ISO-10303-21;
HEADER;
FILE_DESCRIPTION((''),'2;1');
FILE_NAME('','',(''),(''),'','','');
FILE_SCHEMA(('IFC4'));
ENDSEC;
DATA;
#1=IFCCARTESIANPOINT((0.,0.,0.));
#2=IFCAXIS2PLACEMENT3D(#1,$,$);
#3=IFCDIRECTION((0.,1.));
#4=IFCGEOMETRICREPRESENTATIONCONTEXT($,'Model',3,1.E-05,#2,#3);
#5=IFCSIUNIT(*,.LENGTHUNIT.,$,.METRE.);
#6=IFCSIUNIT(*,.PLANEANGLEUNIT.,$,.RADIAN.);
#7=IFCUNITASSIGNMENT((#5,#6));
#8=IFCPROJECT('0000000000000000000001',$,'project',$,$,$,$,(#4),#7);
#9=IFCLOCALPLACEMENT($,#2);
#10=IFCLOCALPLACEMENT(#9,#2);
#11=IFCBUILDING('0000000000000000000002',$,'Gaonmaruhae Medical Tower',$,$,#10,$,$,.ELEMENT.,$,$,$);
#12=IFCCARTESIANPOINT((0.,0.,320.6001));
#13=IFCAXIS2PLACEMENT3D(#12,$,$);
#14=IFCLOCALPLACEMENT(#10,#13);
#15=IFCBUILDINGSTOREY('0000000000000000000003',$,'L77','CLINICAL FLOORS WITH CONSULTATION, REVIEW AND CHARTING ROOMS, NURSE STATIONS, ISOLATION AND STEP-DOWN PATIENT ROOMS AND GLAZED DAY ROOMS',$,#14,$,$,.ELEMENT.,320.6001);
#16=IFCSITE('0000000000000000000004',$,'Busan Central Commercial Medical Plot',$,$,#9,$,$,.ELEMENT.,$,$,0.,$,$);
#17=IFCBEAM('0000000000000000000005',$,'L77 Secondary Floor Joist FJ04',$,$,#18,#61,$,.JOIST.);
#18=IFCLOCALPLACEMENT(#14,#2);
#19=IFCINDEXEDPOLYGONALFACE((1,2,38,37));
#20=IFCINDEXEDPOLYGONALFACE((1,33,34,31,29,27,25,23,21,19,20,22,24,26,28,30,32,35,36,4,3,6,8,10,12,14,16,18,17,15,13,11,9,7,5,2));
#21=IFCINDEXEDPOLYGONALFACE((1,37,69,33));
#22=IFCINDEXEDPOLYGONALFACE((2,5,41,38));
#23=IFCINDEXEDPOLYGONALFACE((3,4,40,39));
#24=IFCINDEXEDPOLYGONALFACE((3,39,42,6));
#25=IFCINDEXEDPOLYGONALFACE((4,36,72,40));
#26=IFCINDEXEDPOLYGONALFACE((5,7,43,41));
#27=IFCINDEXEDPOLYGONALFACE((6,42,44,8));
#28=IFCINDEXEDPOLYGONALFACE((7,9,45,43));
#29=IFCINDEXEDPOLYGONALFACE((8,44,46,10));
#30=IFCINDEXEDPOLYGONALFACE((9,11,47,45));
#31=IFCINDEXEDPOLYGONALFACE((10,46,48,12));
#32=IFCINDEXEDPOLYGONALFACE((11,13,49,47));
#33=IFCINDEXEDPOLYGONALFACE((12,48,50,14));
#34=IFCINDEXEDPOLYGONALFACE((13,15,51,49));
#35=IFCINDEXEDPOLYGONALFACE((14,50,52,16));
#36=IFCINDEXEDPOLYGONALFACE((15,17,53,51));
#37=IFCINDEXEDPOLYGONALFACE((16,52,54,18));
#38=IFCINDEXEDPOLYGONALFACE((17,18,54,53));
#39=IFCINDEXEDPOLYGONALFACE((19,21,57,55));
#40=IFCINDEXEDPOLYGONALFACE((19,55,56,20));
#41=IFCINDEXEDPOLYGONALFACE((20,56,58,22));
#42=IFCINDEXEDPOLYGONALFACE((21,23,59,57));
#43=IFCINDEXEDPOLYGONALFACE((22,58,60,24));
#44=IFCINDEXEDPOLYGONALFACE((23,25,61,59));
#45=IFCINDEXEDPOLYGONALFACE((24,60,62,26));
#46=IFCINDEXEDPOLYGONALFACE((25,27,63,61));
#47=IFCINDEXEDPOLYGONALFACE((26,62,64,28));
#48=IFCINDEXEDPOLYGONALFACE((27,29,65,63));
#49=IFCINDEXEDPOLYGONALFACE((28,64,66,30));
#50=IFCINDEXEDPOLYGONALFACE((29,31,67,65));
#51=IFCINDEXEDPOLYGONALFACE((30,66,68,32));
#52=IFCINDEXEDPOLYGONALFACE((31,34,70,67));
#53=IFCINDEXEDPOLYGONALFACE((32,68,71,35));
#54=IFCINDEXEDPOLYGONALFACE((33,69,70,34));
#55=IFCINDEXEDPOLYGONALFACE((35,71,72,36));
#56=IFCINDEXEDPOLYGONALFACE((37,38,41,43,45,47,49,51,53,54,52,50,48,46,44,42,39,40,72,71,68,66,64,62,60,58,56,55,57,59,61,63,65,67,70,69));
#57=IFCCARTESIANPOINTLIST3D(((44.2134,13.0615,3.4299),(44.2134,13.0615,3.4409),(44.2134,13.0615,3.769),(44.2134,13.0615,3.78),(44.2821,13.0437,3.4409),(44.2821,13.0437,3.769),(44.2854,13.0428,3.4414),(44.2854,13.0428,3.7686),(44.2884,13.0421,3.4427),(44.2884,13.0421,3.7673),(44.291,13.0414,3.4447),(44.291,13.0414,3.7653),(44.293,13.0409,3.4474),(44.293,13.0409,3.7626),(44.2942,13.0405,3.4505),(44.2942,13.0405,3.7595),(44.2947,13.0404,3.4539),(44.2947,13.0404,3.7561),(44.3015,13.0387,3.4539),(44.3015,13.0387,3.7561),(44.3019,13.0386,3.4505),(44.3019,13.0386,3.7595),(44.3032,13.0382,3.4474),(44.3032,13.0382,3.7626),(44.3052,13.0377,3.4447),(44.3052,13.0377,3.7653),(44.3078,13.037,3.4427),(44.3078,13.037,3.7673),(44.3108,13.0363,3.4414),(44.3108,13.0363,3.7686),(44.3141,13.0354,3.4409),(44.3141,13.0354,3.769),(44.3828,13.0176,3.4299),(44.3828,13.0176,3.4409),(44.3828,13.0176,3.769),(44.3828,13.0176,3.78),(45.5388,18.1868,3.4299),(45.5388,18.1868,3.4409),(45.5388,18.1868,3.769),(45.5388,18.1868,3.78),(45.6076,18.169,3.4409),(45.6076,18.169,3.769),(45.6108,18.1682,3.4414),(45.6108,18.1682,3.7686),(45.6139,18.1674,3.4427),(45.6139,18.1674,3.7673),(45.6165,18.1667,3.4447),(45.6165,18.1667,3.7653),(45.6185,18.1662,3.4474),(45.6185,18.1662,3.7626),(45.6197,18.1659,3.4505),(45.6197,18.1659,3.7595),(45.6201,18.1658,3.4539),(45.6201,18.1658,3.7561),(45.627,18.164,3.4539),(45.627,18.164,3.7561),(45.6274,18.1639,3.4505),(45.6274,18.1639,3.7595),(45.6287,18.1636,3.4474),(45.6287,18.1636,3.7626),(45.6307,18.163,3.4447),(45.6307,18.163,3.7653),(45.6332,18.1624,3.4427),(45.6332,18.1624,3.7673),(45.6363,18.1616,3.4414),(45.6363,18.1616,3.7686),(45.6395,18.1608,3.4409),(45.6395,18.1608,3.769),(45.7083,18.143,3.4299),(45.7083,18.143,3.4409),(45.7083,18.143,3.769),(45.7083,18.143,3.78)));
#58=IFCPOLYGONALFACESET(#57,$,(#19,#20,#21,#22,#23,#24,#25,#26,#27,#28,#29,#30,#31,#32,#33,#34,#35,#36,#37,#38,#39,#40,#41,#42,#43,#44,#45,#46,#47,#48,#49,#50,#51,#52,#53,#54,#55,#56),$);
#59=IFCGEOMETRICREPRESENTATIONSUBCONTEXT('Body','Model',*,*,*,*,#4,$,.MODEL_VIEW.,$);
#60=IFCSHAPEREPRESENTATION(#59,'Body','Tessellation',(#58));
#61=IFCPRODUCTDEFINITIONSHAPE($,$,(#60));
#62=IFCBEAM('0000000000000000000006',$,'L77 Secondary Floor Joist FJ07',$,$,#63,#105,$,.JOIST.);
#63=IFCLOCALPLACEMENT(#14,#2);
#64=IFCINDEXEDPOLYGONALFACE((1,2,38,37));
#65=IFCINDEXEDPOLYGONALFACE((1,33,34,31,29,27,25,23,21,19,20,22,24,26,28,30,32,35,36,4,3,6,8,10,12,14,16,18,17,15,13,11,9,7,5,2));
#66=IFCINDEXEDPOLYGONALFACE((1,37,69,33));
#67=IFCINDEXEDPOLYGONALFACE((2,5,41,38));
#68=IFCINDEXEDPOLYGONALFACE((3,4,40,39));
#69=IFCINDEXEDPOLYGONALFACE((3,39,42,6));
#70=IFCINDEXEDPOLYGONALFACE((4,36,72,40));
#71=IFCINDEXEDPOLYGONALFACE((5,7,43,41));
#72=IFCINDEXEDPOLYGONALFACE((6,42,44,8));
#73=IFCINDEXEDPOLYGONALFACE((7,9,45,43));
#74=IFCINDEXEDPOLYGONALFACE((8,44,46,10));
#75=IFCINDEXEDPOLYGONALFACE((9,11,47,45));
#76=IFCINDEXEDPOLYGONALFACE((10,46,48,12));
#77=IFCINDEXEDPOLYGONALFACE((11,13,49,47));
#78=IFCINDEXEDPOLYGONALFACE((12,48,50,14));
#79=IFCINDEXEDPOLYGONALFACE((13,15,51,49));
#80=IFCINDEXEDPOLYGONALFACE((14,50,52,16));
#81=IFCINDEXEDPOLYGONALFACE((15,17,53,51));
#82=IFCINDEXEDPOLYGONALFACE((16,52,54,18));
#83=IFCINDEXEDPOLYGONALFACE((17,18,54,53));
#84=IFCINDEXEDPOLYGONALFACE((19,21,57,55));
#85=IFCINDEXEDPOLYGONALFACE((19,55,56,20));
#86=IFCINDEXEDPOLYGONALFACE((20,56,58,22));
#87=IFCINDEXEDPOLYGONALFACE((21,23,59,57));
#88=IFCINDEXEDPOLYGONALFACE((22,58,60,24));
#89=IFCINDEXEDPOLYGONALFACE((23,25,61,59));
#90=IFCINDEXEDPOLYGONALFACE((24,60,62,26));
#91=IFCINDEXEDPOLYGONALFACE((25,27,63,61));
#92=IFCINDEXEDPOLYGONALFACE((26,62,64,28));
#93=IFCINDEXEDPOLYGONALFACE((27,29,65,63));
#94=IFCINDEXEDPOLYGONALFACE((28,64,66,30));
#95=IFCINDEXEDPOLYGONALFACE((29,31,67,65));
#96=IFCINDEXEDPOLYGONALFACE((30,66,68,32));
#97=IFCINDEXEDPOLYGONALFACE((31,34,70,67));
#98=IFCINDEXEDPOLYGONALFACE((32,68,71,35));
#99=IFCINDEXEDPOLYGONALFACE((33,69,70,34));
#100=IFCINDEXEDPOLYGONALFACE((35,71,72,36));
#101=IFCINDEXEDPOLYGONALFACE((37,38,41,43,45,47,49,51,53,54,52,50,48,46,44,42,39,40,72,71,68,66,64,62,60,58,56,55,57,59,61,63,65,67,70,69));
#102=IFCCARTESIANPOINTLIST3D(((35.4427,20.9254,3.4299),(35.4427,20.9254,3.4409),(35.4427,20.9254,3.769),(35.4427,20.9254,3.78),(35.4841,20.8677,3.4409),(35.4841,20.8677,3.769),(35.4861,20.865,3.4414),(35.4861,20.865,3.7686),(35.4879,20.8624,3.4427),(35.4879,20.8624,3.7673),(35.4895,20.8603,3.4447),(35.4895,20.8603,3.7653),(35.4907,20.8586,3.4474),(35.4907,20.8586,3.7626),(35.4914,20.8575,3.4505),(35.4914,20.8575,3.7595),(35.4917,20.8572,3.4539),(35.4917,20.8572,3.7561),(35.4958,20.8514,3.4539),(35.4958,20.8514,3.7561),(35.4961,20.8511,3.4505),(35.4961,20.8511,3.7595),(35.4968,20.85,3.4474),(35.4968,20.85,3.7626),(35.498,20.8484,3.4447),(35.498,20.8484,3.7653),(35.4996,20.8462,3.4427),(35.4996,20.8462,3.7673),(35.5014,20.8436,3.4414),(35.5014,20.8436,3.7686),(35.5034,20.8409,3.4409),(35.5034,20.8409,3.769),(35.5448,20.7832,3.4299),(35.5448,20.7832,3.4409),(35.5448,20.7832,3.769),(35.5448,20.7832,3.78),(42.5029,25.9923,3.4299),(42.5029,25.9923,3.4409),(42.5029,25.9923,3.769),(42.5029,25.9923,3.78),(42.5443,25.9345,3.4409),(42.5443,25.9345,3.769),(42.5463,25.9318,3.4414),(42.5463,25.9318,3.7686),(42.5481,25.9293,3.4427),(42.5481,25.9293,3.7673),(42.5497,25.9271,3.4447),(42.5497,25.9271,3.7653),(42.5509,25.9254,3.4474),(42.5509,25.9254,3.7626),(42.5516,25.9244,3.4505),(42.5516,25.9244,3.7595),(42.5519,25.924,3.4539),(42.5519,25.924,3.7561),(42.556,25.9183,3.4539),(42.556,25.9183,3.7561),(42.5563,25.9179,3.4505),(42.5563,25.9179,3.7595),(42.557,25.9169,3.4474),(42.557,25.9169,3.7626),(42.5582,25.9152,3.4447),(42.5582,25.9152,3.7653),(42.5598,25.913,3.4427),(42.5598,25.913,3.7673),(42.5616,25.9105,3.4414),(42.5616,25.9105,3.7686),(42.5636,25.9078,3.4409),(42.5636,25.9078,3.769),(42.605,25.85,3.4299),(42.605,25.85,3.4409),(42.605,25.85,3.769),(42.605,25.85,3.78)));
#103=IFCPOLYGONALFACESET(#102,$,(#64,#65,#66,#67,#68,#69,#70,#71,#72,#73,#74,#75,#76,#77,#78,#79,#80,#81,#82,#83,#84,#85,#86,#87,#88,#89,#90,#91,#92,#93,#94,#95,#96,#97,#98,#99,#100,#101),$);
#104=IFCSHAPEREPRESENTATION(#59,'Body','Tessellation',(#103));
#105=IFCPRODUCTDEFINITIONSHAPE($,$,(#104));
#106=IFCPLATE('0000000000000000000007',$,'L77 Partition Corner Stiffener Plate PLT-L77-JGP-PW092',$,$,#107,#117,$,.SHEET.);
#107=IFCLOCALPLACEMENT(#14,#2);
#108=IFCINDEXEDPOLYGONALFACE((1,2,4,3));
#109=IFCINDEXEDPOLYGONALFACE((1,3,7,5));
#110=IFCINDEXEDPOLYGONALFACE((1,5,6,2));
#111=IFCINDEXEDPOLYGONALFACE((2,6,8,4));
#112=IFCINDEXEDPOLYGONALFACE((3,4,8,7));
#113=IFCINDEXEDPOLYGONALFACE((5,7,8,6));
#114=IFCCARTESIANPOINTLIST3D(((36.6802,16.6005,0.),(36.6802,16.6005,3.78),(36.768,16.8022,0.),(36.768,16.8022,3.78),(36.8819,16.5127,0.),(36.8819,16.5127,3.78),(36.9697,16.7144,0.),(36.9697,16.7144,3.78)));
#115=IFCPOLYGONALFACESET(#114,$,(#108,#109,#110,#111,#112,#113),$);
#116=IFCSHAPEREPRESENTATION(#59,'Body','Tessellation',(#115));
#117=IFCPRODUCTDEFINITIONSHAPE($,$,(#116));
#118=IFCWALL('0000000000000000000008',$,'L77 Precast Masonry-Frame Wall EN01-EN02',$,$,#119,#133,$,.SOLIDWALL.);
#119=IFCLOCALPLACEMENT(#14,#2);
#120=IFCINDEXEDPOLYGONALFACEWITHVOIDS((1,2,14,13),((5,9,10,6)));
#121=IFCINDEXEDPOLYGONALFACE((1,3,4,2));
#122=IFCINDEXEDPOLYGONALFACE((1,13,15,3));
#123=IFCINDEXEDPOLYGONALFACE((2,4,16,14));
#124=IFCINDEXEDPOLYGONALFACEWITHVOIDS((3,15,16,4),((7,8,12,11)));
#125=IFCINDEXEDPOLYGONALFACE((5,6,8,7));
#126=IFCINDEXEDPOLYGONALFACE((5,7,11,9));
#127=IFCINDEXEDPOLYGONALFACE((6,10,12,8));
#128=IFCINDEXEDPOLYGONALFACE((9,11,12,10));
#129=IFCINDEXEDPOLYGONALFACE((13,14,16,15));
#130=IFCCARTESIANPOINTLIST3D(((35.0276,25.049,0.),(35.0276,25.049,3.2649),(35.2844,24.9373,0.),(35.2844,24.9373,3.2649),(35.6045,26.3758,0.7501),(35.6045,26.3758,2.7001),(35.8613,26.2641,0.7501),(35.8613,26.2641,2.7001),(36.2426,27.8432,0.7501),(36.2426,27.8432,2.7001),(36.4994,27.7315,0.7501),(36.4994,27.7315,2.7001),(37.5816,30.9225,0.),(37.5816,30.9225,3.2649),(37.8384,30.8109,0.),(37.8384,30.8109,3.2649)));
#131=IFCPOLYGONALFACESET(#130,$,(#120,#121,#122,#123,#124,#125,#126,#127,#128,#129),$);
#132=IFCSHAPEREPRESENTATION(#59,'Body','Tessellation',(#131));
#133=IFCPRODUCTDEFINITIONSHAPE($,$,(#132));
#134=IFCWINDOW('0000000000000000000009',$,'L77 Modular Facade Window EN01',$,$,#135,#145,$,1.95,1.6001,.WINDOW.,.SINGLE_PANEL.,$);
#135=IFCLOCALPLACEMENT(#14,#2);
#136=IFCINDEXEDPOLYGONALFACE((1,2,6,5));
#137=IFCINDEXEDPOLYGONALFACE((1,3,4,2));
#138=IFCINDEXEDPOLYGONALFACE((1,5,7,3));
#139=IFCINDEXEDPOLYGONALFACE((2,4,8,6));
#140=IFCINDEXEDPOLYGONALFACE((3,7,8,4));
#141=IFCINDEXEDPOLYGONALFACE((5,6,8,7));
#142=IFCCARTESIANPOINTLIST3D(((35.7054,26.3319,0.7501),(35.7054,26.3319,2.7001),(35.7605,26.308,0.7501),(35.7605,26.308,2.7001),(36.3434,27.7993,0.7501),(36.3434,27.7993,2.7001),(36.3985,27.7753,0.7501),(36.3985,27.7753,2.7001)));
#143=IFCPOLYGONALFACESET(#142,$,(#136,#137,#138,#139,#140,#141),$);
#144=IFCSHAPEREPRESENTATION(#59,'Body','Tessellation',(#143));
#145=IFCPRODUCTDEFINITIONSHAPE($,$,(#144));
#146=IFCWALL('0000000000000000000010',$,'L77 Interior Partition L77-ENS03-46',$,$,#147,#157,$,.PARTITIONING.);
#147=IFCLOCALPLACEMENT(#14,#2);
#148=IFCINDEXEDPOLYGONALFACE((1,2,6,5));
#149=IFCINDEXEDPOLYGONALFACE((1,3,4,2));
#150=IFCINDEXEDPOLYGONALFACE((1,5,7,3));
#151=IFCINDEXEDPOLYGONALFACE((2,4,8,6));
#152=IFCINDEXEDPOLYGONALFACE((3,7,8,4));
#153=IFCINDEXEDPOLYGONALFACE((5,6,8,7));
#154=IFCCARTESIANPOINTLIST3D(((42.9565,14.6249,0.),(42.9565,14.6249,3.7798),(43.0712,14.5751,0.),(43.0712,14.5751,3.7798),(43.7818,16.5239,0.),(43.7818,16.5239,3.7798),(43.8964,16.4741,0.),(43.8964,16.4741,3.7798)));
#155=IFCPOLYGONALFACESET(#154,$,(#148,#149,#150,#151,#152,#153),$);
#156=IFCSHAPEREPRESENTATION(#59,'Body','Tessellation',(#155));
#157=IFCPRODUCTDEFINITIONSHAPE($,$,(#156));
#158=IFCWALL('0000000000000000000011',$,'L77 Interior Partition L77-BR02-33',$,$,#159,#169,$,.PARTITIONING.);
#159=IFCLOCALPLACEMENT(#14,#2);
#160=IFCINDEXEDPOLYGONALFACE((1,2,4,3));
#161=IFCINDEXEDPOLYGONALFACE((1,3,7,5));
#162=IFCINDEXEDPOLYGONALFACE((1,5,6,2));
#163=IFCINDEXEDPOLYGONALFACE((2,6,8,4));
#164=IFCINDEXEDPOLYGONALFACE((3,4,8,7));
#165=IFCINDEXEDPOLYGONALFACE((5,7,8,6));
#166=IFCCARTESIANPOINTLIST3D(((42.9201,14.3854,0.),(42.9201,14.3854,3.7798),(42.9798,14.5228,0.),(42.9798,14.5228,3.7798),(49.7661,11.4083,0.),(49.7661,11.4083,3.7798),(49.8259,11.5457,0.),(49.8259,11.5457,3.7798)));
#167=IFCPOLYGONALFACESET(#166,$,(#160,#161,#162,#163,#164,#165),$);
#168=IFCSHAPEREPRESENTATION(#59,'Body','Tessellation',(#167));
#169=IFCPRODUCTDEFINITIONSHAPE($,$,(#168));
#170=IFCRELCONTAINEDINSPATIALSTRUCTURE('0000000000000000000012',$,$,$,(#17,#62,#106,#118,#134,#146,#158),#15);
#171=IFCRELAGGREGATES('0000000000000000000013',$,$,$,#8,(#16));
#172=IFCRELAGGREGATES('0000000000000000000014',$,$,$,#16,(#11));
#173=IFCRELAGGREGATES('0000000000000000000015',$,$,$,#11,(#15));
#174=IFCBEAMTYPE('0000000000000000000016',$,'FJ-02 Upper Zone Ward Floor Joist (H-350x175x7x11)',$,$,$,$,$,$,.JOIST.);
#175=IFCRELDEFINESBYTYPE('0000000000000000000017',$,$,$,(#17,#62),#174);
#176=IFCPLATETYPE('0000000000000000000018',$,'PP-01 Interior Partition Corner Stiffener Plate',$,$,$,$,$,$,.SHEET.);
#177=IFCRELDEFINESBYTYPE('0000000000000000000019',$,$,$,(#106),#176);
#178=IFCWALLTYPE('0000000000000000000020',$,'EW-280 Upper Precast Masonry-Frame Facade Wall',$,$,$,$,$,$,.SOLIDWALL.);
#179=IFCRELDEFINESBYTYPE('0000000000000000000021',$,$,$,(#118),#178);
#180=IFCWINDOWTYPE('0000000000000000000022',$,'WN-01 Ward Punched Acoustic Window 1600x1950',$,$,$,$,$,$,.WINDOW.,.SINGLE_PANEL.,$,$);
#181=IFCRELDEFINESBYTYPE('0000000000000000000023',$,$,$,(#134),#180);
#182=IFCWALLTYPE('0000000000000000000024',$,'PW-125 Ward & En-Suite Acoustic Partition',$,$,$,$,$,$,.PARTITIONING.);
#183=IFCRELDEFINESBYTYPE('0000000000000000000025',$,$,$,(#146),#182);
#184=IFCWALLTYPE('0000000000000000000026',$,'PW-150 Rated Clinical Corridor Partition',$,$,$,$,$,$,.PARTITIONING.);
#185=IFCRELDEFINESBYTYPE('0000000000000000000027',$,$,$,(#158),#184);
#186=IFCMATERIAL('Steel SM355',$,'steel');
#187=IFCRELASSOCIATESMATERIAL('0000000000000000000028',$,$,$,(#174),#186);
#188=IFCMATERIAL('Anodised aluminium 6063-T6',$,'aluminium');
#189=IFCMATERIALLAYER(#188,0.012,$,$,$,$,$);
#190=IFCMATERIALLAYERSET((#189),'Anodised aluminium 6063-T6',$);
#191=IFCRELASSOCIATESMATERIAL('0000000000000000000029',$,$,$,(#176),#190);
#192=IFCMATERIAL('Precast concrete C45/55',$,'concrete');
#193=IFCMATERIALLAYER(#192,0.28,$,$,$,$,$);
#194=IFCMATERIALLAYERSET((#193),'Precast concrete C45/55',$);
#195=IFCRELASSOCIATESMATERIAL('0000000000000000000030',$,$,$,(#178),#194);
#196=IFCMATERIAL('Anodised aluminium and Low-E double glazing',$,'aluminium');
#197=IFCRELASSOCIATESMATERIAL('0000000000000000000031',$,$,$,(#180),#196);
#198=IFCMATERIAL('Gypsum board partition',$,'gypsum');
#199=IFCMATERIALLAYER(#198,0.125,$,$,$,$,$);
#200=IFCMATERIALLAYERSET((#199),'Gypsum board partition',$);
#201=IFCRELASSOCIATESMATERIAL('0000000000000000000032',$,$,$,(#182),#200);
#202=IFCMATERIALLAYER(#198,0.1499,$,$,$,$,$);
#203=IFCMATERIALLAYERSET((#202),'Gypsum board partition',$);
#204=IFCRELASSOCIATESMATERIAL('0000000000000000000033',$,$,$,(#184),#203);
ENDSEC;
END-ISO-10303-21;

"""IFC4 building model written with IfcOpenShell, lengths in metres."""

from ifc_helpers import new_model, si_unit, direction, frame, frame_2d, origin, origin_2d, place, context, subcontext, project, spatial, rectangle, i_section, extrude, material, layer, layer_set, material_profile, profile_set, type_object, element, fill, save


model = new_model("IFC4")

# Units and contexts
model_context = context("Model", 3, precision=1e-05, world=origin(), true_north=direction((0.0, 1.0)))
body_context = subcontext(model_context, "Body", "Model", "MODEL_VIEW")
ifc_project = project(units=[si_unit("LENGTHUNIT", "METRE"), si_unit("PLANEANGLEUNIT", "RADIAN")], contexts=[model_context])

# Site, building, storey
site_placement = place(None, origin())
site = spatial("IfcSite", under=ifc_project, at=site_placement, Name="Busan Central Commercial Medical Plot", CompositionType="ELEMENT", RefElevation=0.0)
building_placement = place(site_placement, origin())
building = spatial("IfcBuilding", under=site, at=building_placement, Name="Gaonmaruhae Medical Tower", CompositionType="ELEMENT")
storey_placement = place(building_placement, frame((0.0, 0.0, 320.6001)))
storey = spatial("IfcBuildingStorey", under=building, at=storey_placement, Name="L77", Description="CLINICAL FLOORS WITH CONSULTATION, REVIEW AND CHARTING ROOMS, NURSE STATIONS, ISOLATION AND STEP-DOWN PATIENT ROOMS AND GLAZED DAY ROOMS", CompositionType="ELEMENT", Elevation=320.6001)

# Beams
ifc_material_1 = material(Name="Steel SM355", Category="steel")
ifc_material_profile_1 = material_profile(ifc_material_1, i_section(OverallWidth=0.175, OverallDepth=0.3501, WebThickness=0.0071, FlangeThickness=0.011, FilletRadius=0.0129, at=origin_2d()), Name="H-350x175x7x11")
ifc_profile_set_1 = profile_set([ifc_material_profile_1], Name="Steel SM355")
beam_type_1 = type_object("IfcBeamType", Name="FJ-02 Upper Zone Ward Floor Joist (H-350x175x7x11)", PredefinedType="JOIST", material=ifc_profile_set_1)
beam_1_placement = place(storey_placement, frame((44.2981, 13.0396, 3.605), z_axis=(0.250373, 0.968149, 0.0), x_axis=(-0.968149, 0.250373, 0.0)))
element("IfcBeam", 1, at=beam_1_placement, inside=storey, type_object=beam_type_1, Name="L77 Secondary Floor Joist FJ04", PredefinedType="JOIST", context=body_context, shape_type="SweptSolid", body=[
    extrude(i_section(OverallWidth=0.175, OverallDepth=0.3501, WebThickness=0.0071, FlangeThickness=0.011, FilletRadius=0.0129, at=origin_2d()), origin(), (0.0, 0.0, 1.0), 5.2939),
])
beam_2_placement = place(storey_placement, frame((42.554, 25.9211, 3.605), z_axis=(-0.812435, -0.583052, 0.0), x_axis=(0.583052, -0.812435, 0.0)))
element("IfcBeam", 2, at=beam_2_placement, inside=storey, type_object=beam_type_1, Name="L77 Secondary Floor Joist FJ07", PredefinedType="JOIST", context=body_context, shape_type="SweptSolid", body=[
    extrude(i_section(OverallWidth=0.175, OverallDepth=0.3501, WebThickness=0.0071, FlangeThickness=0.011, FilletRadius=0.0129, at=origin_2d()), origin(), (0.0, 0.0, 1.0), 8.6902),
])

# Plate
ifc_material_2 = material(Name="Anodised aluminium 6063-T6", Category="aluminium")
ifc_layer_1 = layer(ifc_material_2, 0.012)
ifc_layer_set_1 = layer_set([ifc_layer_1], Name="Anodised aluminium 6063-T6")
plate_type = type_object("IfcPlateType", Name="PP-01 Interior Partition Corner Stiffener Plate", PredefinedType="SHEET", material=ifc_layer_set_1)
plate_placement = place(storey_placement, frame((36.825, 16.6575, 0.0), z_axis=(0.0, 0.0, 1.0), x_axis=(0.916865, -0.399197, 0.0)))
element("IfcPlate", 3, at=plate_placement, inside=storey, type_object=plate_type, Name="L77 Partition Corner Stiffener Plate PLT-L77-JGP-PW092", PredefinedType="SHEET", context=body_context, shape_type="SweptSolid", body=[
    extrude(rectangle(XDim=0.22, YDim=0.22, at=origin_2d()), origin(), (0.0, 0.0, 1.0), 3.78),
])

# Wall, opening, window
ifc_material_3 = material(Name="Precast concrete C45/55", Category="concrete")
ifc_layer_2 = layer(ifc_material_3, 0.28)
ifc_layer_set_2 = layer_set([ifc_layer_2], Name="Precast concrete C45/55")
wall_type_1 = type_object("IfcWallType", Name="EW-280 Upper Precast Masonry-Frame Facade Wall", PredefinedType="SOLIDWALL", material=ifc_layer_set_2)
wall_1_placement = place(storey_placement, frame((35.156, 24.9932, 0.0), z_axis=(0.0, 0.0, 1.0), x_axis=(0.398758, 0.917056, 0.0)))
wall_1 = element("IfcWall", 4, at=wall_1_placement, inside=storey, type_object=wall_type_1, Name="L77 Precast Masonry-Frame Wall EN01-EN02", PredefinedType="SOLIDWALL", context=body_context, shape_type="SweptSolid", body=[
    extrude(rectangle(XDim=6.4048, YDim=0.28, at=frame_2d((3.2024, 0.0))), origin(), (0.0, 0.0, 1.0), 3.2649),
])
opening_1_placement = place(wall_1_placement, frame((1.4468, 0.0, 0.75)))
opening_1 = element("IfcOpeningElement", 5, at=opening_1_placement, cuts=wall_1, PredefinedType="OPENING", context=body_context, shape_type="SweptSolid", body=[
    extrude(rectangle(XDim=1.6001, YDim=1.95, at=frame_2d((0.8, 0.9751))), frame((0.0, 0.1499, 0.0), z_axis=(0.0, -1.0, 0.0), x_axis=(1.0, 0.0, 0.0)), (0.0, 0.0, 1.0), 0.3),
])
ifc_material_4 = material(Name="Anodised aluminium and Low-E double glazing", Category="aluminium")
window_type = type_object("IfcWindowType", Name="WN-01 Ward Punched Acoustic Window 1600x1950", PartitioningType="SINGLE_PANEL", PredefinedType="WINDOW", material=ifc_material_4)
window_placement = place(opening_1_placement, origin())
window = element("IfcWindow", 6, at=window_placement, inside=storey, type_object=window_type, Name="L77 Modular Facade Window EN01", OverallHeight=1.95, OverallWidth=1.6001, PartitioningType="SINGLE_PANEL", PredefinedType="WINDOW", context=body_context, shape_type="SweptSolid", body=[
    extrude(rectangle(XDim=1.6001, YDim=1.95, at=frame_2d((0.8, 0.9751))), frame((0.0, 0.03, 0.0), z_axis=(0.0, -1.0, 0.0), x_axis=(1.0, 0.0, 0.0)), (0.0, 0.0, 1.0), 0.0601),
])
fill(opening_1, window)

# Wall
ifc_material_5 = material(Name="Gypsum board partition", Category="gypsum")
ifc_layer_3 = layer(ifc_material_5, 0.125)
ifc_layer_set_3 = layer_set([ifc_layer_3], Name="Gypsum board partition")
wall_type_2 = type_object("IfcWallType", Name="PW-125 Ward & En-Suite Acoustic Partition", PredefinedType="PARTITIONING", material=ifc_layer_set_3)
wall_2_placement = place(storey_placement, frame((43.0139, 14.6001, 0.0), z_axis=(0.0, 0.0, 1.0), x_axis=(0.398554, 0.917145, 0.0)))
element("IfcWall", 7, at=wall_2_placement, inside=storey, type_object=wall_type_2, Name="L77 Interior Partition L77-ENS03-46", PredefinedType="PARTITIONING", context=body_context, shape_type="SweptSolid", body=[
    extrude(rectangle(XDim=2.0706, YDim=0.125, at=frame_2d((1.0352, 0.0))), origin(), (0.0, 0.0, 1.0), 3.7798),
])

# Shared definitions
ifc_layer_4 = layer(ifc_material_5, 0.1499)
ifc_layer_set_4 = layer_set([ifc_layer_4], Name="Gypsum board partition")
wall_type_3 = type_object("IfcWallType", Name="PW-150 Rated Clinical Corridor Partition", PredefinedType="PARTITIONING", material=ifc_layer_set_4)

# Wall
wall_3_placement = place(storey_placement, frame((42.95, 14.4541, 0.0), z_axis=(0.0, 0.0, 1.0), x_axis=(0.917043, -0.398788, 0.0)))
element("IfcWall", 8, at=wall_3_placement, inside=storey, type_object=wall_type_3, Name="L77 Interior Partition L77-BR02-33", PredefinedType="PARTITIONING", context=body_context, shape_type="SweptSolid", body=[
    extrude(rectangle(XDim=7.4653, YDim=0.1499, at=frame_2d((3.7327, 0.0))), origin(), (0.0, 0.0, 1.0), 3.7798),
])

save(model, "model.ifc")
